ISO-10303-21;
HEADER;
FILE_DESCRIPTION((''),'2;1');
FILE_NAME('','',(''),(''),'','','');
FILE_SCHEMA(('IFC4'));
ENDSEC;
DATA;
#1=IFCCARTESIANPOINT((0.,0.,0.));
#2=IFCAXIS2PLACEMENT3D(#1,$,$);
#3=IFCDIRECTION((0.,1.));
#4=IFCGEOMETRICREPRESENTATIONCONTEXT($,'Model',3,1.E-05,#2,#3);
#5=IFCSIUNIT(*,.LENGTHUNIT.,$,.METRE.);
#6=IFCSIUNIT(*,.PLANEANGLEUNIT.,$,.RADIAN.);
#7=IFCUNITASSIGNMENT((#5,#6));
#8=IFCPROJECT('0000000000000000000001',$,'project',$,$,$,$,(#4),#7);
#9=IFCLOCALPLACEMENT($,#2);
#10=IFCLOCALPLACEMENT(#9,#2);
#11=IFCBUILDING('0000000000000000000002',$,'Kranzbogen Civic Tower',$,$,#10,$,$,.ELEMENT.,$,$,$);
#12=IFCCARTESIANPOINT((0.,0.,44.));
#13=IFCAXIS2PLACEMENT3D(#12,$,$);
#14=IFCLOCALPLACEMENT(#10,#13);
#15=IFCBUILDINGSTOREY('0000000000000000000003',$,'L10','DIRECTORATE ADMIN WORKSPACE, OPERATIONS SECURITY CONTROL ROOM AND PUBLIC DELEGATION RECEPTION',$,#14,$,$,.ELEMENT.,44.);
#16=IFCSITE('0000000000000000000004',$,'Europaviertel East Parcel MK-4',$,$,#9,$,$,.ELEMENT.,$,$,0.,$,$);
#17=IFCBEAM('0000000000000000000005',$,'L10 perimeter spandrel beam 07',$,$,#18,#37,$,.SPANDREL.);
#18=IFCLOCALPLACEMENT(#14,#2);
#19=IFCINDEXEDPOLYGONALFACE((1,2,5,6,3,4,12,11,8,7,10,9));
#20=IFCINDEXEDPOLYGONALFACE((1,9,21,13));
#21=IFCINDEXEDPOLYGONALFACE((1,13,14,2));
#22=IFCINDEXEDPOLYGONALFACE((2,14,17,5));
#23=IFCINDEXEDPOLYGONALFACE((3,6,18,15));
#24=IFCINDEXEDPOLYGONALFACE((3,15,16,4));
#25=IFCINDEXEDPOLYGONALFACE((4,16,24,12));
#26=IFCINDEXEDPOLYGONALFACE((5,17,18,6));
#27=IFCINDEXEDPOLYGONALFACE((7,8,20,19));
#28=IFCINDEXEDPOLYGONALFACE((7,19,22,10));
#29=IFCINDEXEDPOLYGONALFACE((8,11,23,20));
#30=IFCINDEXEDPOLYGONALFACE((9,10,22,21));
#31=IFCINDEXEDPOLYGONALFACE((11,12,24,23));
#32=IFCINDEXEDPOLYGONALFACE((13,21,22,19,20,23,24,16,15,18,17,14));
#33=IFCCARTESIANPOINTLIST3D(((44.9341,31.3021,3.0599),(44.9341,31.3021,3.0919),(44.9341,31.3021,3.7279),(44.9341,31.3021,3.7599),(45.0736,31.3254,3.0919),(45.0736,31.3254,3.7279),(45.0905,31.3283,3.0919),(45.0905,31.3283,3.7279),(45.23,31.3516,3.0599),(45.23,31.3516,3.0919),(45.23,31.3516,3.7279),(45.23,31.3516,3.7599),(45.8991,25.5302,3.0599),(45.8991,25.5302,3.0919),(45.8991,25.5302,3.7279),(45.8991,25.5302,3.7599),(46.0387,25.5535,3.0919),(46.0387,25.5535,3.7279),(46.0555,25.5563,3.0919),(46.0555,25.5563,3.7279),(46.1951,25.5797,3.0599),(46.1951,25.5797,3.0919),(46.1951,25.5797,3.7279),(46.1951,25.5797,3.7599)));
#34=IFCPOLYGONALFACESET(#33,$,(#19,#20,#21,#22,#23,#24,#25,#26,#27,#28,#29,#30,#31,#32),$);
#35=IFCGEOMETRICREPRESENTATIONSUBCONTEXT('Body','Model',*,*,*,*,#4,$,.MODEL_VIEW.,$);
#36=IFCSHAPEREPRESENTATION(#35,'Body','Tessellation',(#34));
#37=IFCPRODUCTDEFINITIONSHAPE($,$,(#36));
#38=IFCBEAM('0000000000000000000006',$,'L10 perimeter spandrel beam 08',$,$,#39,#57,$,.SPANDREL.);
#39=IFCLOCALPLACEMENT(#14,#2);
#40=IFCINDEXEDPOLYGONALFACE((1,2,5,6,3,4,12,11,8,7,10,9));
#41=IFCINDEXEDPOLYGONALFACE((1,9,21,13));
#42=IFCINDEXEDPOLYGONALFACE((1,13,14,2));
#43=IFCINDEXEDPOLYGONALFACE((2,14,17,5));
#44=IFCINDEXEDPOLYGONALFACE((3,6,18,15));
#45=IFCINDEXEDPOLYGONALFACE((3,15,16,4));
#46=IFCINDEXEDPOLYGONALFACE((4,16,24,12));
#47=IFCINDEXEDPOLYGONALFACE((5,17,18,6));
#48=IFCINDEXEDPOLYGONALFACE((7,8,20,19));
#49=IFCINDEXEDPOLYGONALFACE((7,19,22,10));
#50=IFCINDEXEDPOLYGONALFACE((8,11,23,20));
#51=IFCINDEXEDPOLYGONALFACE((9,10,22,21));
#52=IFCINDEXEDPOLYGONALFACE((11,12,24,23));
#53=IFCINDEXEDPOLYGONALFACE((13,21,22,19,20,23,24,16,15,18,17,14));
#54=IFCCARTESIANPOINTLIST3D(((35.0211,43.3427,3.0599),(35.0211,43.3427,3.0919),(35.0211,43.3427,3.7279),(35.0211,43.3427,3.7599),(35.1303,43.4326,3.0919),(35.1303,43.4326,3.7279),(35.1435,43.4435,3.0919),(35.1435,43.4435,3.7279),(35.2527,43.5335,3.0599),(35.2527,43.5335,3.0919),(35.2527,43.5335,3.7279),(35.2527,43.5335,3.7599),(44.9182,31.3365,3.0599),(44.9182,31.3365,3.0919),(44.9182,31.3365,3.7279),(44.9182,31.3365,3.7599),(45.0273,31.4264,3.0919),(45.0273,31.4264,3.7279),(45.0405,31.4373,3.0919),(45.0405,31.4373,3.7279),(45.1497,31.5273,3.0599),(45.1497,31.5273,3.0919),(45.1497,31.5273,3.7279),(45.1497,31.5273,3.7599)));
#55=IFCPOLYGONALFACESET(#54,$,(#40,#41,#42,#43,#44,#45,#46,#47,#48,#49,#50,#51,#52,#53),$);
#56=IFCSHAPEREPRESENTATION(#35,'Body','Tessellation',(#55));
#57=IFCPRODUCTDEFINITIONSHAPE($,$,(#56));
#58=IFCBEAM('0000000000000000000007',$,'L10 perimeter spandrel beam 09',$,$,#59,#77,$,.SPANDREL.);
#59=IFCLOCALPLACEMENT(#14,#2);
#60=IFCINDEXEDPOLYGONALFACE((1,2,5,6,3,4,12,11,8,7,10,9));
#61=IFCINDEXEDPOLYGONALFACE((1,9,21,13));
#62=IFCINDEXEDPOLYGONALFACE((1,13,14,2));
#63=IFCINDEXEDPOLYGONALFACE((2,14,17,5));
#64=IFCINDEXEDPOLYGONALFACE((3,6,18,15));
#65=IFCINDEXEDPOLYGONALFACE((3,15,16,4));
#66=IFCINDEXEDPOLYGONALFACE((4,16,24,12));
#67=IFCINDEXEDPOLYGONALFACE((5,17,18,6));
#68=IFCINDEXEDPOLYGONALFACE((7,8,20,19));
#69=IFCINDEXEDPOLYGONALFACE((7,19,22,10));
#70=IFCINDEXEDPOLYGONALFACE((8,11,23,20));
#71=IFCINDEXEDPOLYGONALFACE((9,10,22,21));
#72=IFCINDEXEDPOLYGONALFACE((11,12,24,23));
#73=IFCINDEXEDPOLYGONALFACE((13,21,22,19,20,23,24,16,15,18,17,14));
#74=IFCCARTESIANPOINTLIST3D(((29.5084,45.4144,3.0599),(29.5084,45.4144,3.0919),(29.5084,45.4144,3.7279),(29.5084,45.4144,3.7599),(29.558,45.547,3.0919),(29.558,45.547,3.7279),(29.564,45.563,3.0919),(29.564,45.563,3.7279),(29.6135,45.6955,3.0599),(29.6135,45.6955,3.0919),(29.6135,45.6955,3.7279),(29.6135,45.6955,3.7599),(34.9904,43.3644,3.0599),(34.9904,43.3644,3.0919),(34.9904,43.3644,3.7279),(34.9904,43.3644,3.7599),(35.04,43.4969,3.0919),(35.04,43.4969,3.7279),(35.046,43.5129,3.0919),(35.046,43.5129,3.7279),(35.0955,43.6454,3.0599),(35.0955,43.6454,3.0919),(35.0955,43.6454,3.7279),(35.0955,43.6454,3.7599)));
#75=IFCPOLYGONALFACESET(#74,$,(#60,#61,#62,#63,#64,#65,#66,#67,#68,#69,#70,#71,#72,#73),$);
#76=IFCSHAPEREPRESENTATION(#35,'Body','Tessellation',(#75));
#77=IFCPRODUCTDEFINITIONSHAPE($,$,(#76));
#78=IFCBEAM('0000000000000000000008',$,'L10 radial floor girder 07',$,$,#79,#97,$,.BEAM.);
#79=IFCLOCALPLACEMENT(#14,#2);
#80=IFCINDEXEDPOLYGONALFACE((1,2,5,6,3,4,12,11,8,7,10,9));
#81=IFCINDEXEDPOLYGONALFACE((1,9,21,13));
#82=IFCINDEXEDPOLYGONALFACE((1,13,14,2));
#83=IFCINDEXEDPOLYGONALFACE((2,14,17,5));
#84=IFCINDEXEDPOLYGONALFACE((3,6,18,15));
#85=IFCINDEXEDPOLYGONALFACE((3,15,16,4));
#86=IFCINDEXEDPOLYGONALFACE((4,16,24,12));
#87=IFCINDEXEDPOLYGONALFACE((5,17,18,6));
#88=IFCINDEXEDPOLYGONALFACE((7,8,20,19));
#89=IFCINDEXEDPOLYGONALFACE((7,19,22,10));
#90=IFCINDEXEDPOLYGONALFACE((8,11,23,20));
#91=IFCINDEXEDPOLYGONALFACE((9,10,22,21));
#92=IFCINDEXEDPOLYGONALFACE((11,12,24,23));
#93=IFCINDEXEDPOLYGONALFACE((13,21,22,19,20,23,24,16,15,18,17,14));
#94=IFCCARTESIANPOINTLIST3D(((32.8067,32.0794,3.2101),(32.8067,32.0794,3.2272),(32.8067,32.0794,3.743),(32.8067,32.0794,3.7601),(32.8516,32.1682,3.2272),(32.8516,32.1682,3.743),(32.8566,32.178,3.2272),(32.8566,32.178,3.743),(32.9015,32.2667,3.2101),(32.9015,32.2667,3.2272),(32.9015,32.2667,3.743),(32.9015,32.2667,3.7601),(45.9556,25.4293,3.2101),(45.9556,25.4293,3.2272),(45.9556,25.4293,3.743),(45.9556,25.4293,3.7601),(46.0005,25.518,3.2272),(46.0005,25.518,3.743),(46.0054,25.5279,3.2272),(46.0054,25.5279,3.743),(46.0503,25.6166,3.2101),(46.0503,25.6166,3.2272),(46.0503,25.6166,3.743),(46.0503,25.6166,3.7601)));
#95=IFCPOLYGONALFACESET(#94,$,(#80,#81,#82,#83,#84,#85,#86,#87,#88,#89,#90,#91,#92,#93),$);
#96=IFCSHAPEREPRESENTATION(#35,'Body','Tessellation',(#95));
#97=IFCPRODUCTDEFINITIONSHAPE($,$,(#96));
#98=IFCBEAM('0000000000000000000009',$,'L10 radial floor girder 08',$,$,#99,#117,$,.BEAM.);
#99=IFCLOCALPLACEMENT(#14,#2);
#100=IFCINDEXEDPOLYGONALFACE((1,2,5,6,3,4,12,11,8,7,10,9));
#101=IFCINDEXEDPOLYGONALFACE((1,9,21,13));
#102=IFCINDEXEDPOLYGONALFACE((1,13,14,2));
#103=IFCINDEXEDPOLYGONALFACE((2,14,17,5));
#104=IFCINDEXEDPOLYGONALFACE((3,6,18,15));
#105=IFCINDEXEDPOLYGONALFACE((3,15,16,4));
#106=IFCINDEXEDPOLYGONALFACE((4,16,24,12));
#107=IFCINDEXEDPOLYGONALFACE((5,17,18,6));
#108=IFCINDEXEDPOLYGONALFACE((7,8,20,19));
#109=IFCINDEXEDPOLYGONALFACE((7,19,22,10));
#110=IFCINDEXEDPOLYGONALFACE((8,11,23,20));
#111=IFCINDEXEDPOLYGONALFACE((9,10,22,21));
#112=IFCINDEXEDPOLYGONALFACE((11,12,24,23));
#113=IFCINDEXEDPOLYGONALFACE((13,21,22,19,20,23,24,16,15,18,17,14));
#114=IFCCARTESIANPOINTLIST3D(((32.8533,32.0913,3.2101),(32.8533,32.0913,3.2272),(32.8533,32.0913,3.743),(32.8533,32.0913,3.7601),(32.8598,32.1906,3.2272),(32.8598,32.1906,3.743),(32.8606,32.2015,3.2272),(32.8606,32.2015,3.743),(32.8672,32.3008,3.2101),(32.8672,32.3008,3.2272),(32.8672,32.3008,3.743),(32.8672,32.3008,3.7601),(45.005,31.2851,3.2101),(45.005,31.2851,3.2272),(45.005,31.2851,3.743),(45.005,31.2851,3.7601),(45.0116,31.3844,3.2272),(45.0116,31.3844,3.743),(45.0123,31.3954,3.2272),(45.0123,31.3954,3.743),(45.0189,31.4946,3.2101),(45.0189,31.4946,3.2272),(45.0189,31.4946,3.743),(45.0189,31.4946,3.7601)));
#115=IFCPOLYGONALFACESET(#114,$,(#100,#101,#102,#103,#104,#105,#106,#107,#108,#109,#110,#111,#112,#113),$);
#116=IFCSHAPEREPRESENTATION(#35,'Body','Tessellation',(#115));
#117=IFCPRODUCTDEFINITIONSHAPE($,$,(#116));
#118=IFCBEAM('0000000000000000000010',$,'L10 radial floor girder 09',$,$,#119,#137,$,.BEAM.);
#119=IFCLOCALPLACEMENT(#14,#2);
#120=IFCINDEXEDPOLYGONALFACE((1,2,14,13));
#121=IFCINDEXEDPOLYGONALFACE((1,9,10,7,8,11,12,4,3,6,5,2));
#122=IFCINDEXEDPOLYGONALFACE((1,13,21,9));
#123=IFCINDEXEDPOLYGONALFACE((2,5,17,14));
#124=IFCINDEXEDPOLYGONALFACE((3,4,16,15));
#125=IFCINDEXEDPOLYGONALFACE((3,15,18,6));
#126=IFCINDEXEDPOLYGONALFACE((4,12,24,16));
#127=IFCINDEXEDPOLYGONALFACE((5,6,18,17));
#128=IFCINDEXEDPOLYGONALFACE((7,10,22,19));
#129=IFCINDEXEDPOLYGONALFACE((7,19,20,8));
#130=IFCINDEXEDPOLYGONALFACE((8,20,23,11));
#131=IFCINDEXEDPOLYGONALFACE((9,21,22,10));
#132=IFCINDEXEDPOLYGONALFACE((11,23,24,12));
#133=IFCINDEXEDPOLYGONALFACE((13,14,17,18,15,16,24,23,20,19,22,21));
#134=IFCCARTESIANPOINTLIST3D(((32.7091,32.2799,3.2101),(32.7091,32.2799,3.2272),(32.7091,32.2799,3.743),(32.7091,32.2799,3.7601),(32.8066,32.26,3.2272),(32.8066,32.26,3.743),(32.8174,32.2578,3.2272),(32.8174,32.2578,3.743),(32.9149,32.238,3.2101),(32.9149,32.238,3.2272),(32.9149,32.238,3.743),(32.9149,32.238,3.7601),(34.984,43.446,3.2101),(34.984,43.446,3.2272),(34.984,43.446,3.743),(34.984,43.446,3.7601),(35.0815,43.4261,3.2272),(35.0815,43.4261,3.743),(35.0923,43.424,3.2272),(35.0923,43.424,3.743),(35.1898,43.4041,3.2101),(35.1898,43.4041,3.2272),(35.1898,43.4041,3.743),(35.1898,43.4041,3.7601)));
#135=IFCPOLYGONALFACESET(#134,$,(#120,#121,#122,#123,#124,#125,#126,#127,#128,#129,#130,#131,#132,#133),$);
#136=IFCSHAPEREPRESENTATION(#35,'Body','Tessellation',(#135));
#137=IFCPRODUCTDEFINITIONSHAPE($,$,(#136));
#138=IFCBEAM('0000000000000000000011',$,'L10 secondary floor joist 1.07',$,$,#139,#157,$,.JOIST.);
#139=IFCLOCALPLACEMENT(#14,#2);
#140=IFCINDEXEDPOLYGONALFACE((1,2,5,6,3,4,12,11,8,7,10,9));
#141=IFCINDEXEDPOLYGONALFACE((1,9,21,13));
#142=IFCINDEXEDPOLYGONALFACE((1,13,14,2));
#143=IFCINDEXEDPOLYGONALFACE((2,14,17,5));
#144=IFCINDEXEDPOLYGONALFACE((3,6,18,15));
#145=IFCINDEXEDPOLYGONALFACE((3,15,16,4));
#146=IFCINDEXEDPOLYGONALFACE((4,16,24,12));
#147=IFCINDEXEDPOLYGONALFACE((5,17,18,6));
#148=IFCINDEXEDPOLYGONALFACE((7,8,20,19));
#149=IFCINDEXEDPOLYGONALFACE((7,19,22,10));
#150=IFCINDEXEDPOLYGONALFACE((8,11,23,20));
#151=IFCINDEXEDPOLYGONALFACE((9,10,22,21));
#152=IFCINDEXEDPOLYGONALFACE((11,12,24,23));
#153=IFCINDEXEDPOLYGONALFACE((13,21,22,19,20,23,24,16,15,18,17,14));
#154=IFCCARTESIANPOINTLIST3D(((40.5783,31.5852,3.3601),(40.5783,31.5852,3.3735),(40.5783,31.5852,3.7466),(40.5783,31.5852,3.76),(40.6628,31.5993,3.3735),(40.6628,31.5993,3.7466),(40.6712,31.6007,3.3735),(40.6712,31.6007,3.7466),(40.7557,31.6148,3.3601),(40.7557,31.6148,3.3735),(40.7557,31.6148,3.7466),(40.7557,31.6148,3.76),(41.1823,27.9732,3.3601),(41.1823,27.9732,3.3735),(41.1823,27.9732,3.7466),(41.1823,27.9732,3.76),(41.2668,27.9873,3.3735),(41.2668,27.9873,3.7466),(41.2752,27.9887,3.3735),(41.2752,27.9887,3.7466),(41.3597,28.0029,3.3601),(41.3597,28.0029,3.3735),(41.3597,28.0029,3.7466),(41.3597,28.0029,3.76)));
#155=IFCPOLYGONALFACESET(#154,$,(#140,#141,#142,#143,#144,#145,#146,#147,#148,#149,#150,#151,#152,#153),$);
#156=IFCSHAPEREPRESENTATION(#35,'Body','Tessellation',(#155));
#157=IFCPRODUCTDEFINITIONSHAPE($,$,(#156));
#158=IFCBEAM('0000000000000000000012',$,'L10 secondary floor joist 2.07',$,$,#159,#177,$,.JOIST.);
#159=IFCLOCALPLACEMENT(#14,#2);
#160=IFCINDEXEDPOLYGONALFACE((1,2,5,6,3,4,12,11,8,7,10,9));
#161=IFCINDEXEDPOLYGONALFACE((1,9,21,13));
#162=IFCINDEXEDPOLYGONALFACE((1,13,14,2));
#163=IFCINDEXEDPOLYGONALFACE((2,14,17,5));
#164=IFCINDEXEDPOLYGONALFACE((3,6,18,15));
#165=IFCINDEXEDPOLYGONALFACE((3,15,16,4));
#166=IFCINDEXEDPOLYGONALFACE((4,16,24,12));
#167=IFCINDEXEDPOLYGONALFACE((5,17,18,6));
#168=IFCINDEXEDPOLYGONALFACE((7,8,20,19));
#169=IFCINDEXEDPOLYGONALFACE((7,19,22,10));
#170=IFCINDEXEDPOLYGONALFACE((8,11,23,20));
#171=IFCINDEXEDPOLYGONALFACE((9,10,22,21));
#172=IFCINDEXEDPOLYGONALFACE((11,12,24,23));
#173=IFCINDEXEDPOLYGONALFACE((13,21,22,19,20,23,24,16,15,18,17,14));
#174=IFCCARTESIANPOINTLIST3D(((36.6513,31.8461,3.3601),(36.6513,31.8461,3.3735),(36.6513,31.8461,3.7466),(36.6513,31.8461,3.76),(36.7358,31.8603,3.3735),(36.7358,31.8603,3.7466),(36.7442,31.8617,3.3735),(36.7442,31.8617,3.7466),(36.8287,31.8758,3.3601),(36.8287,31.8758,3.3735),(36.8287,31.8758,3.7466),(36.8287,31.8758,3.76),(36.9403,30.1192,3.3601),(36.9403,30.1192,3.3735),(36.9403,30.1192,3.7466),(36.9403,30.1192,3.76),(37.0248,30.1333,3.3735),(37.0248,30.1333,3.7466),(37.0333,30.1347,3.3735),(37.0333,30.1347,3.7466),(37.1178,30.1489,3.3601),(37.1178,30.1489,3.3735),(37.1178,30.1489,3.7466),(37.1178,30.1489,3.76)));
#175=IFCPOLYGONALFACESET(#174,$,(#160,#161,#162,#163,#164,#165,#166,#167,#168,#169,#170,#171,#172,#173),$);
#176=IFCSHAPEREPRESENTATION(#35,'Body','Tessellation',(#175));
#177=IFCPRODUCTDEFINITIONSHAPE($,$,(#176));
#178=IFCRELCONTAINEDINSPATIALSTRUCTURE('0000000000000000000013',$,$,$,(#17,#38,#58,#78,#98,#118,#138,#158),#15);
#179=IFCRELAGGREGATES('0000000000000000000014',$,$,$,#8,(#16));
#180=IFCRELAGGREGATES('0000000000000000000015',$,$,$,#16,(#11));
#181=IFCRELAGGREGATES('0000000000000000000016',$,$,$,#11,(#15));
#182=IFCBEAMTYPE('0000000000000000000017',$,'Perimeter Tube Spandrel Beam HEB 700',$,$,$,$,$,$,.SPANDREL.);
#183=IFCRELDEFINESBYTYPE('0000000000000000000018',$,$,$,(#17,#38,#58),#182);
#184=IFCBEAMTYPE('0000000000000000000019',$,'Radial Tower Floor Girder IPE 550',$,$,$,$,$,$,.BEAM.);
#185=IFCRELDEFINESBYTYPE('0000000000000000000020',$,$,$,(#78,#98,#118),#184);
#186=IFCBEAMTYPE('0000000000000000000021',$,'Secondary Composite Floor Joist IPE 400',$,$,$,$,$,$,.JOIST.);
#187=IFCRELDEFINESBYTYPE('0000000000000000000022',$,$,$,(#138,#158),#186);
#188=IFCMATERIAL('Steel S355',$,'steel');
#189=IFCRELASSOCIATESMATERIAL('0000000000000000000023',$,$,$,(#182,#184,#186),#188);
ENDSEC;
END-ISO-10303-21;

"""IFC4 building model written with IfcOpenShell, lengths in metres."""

from ifc_helpers import new_model, si_unit, direction, frame, origin, origin_2d, place, context, subcontext, project, spatial, i_section, extrude, material, material_profile, profile_set, type_object, element, save


model = new_model("IFC4")

# Units and contexts
model_context = context("Model", 3, precision=1e-05, world=origin(), true_north=direction((0.0, 1.0)))
body_context = subcontext(model_context, "Body", "Model", "MODEL_VIEW")
ifc_project = project(units=[si_unit("LENGTHUNIT", "METRE"), si_unit("PLANEANGLEUNIT", "RADIAN")], contexts=[model_context])

# Site, building, storey
site_placement = place(None, origin())
site = spatial("IfcSite", under=ifc_project, at=site_placement, Name="Europaviertel East Parcel MK-4", CompositionType="ELEMENT", RefElevation=0.0)
building_placement = place(site_placement, origin())
building = spatial("IfcBuilding", under=site, at=building_placement, Name="Kranzbogen Civic Tower", CompositionType="ELEMENT")
storey_placement = place(building_placement, frame((0.0, 0.0, 44.0)))
storey = spatial("IfcBuildingStorey", under=building, at=storey_placement, Name="L10", Description="DIRECTORATE ADMIN WORKSPACE, OPERATIONS SECURITY CONTROL ROOM AND PUBLIC DELEGATION RECEPTION", CompositionType="ELEMENT", Elevation=44.0)

# Beams
ifc_material_1 = material(Name="Steel S355", Category="steel")
ifc_material_profile_1 = material_profile(ifc_material_1, i_section(OverallWidth=0.3, OverallDepth=0.7, WebThickness=0.0171, FlangeThickness=0.032, at=origin_2d()), Name="HEB 700")
ifc_profile_set_1 = profile_set([ifc_material_profile_1], Name="Steel S355")
beam_type_1 = type_object("IfcBeamType", Name="Perimeter Tube Spandrel Beam HEB 700", PredefinedType="SPANDREL", material=ifc_profile_set_1)
beam_1_placement = place(storey_placement, frame((46.0471, 25.5549, 3.4099), z_axis=(-0.164913, 0.986308, 0.0), x_axis=(-0.986308, -0.164913, 0.0)))
element("IfcBeam", 1, at=beam_1_placement, inside=storey, type_object=beam_type_1, Name="L10 perimeter spandrel beam 07", PredefinedType="SPANDREL", context=body_context, shape_type="SweptSolid", body=[
    extrude(i_section(OverallWidth=0.3, OverallDepth=0.7, WebThickness=0.0171, FlangeThickness=0.032, at=origin_2d()), origin(), (0.0, 0.0, 1.0), 5.8521),
])
beam_2_placement = place(storey_placement, frame((45.0339, 31.4319, 3.4099), z_axis=(-0.636075, 0.771628, 0.0), x_axis=(-0.771628, -0.636075, 0.0)))
element("IfcBeam", 2, at=beam_2_placement, inside=storey, type_object=beam_type_1, Name="L10 perimeter spandrel beam 08", PredefinedType="SPANDREL", context=body_context, shape_type="SweptSolid", body=[
    extrude(i_section(OverallWidth=0.3, OverallDepth=0.7, WebThickness=0.0171, FlangeThickness=0.032, at=origin_2d()), origin(), (0.0, 0.0, 1.0), 15.5596),
])
beam_3_placement = place(storey_placement, frame((35.043, 43.5049, 3.4099), z_axis=(-0.936648, 0.350273, 0.0), x_axis=(-0.350273, -0.936648, 0.0)))
element("IfcBeam", 3, at=beam_3_placement, inside=storey, type_object=beam_type_1, Name="L10 perimeter spandrel beam 09", PredefinedType="SPANDREL", context=body_context, shape_type="SweptSolid", body=[
    extrude(i_section(OverallWidth=0.3, OverallDepth=0.7, WebThickness=0.0171, FlangeThickness=0.032, at=origin_2d()), origin(), (0.0, 0.0, 1.0), 5.8528),
])
ifc_material_profile_2 = material_profile(ifc_material_1, i_section(OverallWidth=0.21, OverallDepth=0.55, WebThickness=0.011, FlangeThickness=0.0171, at=origin_2d()), Name="IPE 550")
ifc_profile_set_2 = profile_set([ifc_material_profile_2], Name="Steel S355")
beam_type_2 = type_object("IfcBeamType", Name="Radial Tower Floor Girder IPE 550", PredefinedType="BEAM", material=ifc_profile_set_2)
beam_4_placement = place(storey_placement, frame((46.0029, 25.5229, 3.4851), z_axis=(-0.892363, 0.451318, 0.0), x_axis=(-0.451318, -0.892363, 0.0)))
element("IfcBeam", 4, at=beam_4_placement, inside=storey, type_object=beam_type_2, Name="L10 radial floor girder 07", PredefinedType="BEAM", context=body_context, shape_type="SweptSolid", body=[
    extrude(i_section(OverallWidth=0.21, OverallDepth=0.55, WebThickness=0.011, FlangeThickness=0.0171, at=origin_2d()), origin(), (0.0, 0.0, 1.0), 14.7349),
])
beam_5_placement = place(storey_placement, frame((45.012, 31.3899, 3.4851), z_axis=(-0.997807, 0.066194, 0.0), x_axis=(-0.066194, -0.997807, 0.0)))
element("IfcBeam", 5, at=beam_5_placement, inside=storey, type_object=beam_type_2, Name="L10 radial floor girder 08", PredefinedType="BEAM", context=body_context, shape_type="SweptSolid", body=[
    extrude(i_section(OverallWidth=0.21, OverallDepth=0.55, WebThickness=0.011, FlangeThickness=0.0171, at=origin_2d()), origin(), (0.0, 0.0, 1.0), 12.1785),
])
beam_6_placement = place(storey_placement, frame((35.0869, 43.425, 3.4851), z_axis=(-0.199633, -0.979871, 0.0), x_axis=(0.979871, -0.199633, 0.0)))
element("IfcBeam", 6, at=beam_6_placement, inside=storey, type_object=beam_type_2, Name="L10 radial floor girder 09", PredefinedType="BEAM", context=body_context, shape_type="SweptSolid", body=[
    extrude(i_section(OverallWidth=0.21, OverallDepth=0.55, WebThickness=0.011, FlangeThickness=0.0171, at=origin_2d()), origin(), (0.0, 0.0, 1.0), 11.3955),
])
ifc_material_profile_3 = material_profile(ifc_material_1, i_section(OverallWidth=0.1799, OverallDepth=0.3999, WebThickness=0.0085, FlangeThickness=0.0134, at=origin_2d()), Name="IPE 400")
ifc_profile_set_3 = profile_set([ifc_material_profile_3], Name="Steel S355")
beam_type_3 = type_object("IfcBeamType", Name="Secondary Composite Floor Joist IPE 400", PredefinedType="JOIST", material=ifc_profile_set_3)
beam_7_placement = place(storey_placement, frame((41.271, 27.988, 3.5601), z_axis=(-0.164929, 0.986305, 0.0), x_axis=(-0.986305, -0.164929, 0.0)))
element("IfcBeam", 7, at=beam_7_placement, inside=storey, type_object=beam_type_3, Name="L10 secondary floor joist 1.07", PredefinedType="JOIST", context=body_context, shape_type="SweptSolid", body=[
    extrude(i_section(OverallWidth=0.1799, OverallDepth=0.3999, WebThickness=0.0085, FlangeThickness=0.0134, at=origin_2d()), origin(), (0.0, 0.0, 1.0), 3.6621),
])
beam_8_placement = place(storey_placement, frame((37.0291, 30.134, 3.5601), z_axis=(-0.165077, 0.986281, 0.0), x_axis=(-0.986281, -0.165077, 0.0)))
element("IfcBeam", 8, at=beam_8_placement, inside=storey, type_object=beam_type_3, Name="L10 secondary floor joist 2.07", PredefinedType="JOIST", context=body_context, shape_type="SweptSolid", body=[
    extrude(i_section(OverallWidth=0.1799, OverallDepth=0.3999, WebThickness=0.0085, FlangeThickness=0.0134, at=origin_2d()), origin(), (0.0, 0.0, 1.0), 1.751),
])

save(model, "model.ifc")
